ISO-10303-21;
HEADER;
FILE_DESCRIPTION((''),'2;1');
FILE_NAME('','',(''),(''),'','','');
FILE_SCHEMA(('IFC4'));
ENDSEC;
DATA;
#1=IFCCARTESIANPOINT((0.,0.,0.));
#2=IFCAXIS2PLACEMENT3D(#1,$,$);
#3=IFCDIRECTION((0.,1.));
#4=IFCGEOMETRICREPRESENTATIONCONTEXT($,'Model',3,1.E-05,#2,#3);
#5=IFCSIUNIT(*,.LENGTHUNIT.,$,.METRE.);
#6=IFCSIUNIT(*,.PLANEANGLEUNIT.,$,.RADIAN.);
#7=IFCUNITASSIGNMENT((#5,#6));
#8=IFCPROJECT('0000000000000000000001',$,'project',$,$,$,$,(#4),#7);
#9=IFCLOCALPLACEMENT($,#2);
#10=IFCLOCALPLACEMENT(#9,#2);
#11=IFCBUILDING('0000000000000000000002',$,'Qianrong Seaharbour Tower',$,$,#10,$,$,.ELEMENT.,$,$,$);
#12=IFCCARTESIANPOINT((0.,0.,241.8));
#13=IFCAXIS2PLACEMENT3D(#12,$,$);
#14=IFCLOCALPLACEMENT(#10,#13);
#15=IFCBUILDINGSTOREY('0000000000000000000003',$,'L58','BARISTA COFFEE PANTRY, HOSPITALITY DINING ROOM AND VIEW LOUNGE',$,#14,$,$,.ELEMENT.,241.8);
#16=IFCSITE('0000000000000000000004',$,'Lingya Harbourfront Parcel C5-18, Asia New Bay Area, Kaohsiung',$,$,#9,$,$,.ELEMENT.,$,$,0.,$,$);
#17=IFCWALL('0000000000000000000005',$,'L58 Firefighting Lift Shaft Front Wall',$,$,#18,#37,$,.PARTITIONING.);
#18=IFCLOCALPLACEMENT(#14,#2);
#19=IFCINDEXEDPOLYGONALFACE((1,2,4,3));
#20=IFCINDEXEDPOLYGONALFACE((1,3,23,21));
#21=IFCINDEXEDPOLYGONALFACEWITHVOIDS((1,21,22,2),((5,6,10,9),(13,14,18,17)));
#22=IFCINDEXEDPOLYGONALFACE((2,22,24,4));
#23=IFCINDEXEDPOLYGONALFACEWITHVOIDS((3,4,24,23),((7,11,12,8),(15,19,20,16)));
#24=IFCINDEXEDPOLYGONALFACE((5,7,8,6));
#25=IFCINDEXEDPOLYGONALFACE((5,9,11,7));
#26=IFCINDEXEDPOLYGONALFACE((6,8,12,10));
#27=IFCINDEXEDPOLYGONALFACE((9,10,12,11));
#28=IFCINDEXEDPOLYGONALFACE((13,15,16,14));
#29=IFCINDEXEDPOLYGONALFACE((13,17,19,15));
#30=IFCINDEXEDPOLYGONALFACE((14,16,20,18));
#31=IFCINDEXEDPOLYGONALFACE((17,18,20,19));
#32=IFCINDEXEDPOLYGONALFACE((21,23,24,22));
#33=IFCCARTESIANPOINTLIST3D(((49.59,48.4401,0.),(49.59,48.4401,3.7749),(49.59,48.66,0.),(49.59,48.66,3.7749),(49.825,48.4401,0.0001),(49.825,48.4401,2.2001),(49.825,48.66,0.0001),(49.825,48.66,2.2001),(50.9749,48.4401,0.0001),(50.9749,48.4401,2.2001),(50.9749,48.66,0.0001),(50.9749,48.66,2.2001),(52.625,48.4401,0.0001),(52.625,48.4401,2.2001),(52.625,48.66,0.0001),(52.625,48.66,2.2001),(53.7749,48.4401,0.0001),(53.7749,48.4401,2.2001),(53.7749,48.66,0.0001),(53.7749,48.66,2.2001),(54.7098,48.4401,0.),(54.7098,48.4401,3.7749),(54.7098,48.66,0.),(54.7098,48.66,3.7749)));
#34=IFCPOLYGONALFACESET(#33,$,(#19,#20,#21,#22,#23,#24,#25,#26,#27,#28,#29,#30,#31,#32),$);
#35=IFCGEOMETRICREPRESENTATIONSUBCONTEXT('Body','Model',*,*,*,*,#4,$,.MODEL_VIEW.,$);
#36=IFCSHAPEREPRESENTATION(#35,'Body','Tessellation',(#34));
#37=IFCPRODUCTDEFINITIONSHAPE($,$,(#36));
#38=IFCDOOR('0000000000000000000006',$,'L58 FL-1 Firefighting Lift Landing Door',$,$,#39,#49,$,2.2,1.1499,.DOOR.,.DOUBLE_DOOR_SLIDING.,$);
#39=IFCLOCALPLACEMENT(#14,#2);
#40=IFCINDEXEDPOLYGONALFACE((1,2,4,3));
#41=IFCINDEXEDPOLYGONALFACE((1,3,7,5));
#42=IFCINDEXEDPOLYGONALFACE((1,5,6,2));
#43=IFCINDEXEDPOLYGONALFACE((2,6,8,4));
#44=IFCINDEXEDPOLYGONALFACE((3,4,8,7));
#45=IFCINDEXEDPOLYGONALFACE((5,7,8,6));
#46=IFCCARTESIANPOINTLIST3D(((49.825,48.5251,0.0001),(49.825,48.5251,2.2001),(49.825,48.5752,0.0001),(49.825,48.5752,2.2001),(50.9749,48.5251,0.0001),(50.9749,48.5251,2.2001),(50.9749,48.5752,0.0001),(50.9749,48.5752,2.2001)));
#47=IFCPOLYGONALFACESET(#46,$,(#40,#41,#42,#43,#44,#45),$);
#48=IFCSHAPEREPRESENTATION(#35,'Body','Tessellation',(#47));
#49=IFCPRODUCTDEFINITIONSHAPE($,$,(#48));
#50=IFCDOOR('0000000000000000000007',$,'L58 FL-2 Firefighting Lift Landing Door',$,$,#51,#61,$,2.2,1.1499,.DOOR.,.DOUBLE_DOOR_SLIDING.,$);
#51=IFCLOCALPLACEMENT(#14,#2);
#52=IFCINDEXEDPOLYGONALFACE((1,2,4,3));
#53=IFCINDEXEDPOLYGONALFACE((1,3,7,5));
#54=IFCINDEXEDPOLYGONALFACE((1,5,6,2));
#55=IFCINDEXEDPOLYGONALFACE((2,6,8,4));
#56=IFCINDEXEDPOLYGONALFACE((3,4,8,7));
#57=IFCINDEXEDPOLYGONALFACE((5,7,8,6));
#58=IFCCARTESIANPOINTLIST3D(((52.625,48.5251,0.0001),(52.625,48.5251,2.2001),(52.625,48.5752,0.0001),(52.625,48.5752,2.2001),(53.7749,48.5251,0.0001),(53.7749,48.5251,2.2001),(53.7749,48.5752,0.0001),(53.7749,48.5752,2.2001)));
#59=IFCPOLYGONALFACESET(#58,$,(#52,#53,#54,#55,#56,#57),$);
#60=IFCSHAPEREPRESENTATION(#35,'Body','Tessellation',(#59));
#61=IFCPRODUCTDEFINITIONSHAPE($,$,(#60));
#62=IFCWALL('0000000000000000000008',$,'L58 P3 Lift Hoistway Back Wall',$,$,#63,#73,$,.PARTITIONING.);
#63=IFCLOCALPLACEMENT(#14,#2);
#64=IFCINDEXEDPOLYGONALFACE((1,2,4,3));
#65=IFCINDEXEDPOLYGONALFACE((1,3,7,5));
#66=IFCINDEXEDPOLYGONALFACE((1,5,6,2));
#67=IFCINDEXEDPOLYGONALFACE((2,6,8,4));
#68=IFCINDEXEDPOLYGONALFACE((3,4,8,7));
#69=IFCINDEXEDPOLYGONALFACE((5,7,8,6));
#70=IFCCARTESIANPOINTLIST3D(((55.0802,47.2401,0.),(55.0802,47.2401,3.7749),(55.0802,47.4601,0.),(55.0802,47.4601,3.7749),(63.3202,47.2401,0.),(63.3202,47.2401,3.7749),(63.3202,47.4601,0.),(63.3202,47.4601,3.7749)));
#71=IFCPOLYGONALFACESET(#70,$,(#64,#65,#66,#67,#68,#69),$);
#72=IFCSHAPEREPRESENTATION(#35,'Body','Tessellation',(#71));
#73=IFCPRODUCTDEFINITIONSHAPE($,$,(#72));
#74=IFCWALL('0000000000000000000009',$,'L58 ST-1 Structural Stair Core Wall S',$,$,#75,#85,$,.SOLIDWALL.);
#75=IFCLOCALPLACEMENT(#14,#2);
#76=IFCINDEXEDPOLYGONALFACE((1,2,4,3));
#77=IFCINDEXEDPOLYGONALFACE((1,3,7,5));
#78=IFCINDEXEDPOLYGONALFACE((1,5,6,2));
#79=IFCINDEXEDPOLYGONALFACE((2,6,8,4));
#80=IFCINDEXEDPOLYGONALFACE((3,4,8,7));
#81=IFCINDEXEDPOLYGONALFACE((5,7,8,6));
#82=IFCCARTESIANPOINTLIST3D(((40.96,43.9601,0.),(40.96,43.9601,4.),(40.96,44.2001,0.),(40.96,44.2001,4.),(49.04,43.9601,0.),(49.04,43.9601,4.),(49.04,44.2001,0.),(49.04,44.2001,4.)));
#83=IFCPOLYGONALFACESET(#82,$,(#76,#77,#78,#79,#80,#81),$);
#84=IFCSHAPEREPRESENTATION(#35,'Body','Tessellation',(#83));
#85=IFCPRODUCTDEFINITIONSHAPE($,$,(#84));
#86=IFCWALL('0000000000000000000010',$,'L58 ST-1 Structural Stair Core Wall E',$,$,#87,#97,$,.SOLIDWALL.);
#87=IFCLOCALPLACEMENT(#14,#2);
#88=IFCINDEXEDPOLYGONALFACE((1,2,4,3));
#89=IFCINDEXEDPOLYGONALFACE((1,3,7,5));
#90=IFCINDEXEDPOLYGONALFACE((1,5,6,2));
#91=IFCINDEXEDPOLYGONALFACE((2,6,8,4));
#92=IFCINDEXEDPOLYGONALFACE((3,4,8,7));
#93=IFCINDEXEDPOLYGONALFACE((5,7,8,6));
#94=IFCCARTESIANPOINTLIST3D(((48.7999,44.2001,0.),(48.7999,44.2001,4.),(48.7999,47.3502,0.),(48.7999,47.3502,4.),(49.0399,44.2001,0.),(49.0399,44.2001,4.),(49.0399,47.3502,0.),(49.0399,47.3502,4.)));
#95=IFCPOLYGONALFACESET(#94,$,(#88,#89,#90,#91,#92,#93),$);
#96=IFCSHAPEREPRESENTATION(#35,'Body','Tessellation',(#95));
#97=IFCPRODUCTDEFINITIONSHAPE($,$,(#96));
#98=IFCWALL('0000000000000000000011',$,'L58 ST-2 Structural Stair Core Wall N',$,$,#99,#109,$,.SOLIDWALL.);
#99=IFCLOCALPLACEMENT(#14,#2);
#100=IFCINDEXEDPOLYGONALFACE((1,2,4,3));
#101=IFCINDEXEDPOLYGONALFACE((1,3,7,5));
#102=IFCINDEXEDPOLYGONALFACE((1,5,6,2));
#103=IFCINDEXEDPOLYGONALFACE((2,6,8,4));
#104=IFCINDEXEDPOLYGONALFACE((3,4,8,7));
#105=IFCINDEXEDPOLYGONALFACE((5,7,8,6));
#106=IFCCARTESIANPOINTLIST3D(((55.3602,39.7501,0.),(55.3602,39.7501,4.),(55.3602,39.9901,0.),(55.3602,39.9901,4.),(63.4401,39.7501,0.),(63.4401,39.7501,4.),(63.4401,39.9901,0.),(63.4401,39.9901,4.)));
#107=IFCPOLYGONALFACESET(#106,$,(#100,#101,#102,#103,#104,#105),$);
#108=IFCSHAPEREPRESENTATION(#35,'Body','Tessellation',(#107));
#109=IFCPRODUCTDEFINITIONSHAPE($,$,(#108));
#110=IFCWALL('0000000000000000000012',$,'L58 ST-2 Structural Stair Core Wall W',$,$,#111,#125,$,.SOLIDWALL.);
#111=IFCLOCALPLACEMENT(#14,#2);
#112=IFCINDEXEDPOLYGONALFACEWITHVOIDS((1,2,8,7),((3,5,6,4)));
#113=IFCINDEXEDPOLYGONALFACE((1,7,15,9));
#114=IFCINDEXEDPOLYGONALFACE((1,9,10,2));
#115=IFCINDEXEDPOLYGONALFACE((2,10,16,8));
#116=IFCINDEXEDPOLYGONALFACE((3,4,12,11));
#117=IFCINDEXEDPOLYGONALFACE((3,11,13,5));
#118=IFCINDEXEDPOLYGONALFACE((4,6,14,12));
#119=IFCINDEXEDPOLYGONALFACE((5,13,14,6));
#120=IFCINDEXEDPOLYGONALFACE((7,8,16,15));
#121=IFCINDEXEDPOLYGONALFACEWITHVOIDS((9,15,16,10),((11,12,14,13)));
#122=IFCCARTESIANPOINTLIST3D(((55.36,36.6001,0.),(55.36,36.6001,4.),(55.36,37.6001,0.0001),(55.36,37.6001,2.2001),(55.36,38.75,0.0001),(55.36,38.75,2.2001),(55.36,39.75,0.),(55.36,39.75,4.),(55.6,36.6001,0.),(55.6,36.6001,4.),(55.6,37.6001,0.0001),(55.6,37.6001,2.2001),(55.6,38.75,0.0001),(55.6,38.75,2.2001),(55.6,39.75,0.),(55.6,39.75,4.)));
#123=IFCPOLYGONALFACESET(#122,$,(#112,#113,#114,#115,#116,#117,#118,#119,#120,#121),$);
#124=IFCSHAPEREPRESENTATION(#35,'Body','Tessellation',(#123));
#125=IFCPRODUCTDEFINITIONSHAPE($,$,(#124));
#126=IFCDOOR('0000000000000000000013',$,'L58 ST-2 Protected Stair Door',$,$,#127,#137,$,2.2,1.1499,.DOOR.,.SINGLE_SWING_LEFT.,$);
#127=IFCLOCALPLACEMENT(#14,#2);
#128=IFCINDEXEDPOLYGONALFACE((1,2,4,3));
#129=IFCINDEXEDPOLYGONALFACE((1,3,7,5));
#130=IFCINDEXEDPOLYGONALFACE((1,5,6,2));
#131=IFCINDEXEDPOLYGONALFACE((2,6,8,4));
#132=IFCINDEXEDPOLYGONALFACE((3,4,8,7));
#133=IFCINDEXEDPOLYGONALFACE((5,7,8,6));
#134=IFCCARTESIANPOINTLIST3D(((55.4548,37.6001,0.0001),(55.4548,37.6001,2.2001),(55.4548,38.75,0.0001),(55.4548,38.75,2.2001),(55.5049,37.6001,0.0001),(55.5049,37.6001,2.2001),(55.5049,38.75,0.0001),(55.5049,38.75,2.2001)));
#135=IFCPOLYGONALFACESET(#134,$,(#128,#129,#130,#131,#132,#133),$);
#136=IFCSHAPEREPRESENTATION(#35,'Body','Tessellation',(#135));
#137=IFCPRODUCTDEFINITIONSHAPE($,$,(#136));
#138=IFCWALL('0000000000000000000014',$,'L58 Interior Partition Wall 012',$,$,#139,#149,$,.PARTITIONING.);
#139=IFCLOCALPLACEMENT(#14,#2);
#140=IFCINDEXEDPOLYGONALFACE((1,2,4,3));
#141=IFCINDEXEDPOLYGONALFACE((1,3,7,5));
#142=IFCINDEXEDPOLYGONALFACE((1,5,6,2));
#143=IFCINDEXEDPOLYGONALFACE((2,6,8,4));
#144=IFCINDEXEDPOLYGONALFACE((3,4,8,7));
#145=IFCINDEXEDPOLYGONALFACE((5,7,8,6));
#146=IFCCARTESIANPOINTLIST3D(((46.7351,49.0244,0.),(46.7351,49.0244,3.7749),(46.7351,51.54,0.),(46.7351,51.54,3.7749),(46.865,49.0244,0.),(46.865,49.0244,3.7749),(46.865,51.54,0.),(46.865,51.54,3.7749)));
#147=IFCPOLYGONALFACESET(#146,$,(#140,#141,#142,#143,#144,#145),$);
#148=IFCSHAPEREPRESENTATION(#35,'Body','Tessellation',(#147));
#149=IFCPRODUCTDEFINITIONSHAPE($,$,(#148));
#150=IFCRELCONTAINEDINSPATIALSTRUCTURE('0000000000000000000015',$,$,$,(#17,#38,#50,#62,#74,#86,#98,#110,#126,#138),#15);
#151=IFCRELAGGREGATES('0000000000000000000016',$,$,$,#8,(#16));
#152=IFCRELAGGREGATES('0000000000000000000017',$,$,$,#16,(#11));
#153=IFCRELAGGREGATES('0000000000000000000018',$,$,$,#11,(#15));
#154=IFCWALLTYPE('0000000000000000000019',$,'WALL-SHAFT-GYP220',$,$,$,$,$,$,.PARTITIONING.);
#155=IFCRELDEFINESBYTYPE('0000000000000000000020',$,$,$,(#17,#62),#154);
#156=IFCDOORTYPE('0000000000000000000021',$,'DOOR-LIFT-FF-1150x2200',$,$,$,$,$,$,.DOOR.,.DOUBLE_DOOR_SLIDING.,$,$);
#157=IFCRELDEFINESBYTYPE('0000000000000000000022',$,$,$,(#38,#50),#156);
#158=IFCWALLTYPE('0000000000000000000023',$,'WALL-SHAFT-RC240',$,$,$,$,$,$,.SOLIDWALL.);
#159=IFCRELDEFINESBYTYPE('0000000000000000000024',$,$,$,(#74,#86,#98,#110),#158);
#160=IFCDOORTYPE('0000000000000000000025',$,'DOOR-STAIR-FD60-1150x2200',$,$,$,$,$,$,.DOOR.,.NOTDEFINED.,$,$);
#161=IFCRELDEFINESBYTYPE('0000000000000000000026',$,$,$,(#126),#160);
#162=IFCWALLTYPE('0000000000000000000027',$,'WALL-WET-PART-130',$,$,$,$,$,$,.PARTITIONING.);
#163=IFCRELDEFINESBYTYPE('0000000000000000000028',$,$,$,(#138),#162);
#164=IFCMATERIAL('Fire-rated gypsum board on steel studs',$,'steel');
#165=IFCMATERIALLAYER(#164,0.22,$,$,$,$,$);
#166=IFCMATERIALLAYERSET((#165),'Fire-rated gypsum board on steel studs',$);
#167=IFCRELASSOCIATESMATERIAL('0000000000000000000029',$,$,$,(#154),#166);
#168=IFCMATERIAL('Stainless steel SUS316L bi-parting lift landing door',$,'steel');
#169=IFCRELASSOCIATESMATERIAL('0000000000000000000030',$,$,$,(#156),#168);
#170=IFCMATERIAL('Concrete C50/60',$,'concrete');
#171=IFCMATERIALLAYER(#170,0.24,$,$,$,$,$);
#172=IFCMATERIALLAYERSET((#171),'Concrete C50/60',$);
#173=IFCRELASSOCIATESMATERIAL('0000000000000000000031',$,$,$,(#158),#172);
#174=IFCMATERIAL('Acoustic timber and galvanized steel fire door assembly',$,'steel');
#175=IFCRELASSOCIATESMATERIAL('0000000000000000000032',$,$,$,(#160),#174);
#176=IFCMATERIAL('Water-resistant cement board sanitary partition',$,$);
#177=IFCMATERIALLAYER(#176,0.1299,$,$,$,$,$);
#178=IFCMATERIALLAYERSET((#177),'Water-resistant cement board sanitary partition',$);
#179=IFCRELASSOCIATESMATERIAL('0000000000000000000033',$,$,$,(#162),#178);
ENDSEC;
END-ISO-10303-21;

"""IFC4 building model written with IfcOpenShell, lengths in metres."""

from ifc_helpers import new_model, si_unit, direction, frame, frame_2d, origin, place, context, subcontext, project, spatial, rectangle, extrude, material, layer, layer_set, type_object, element, fill, save


model = new_model("IFC4")

# Units and contexts
model_context = context("Model", 3, precision=1e-05, world=origin(), true_north=direction((0.0, 1.0)))
body_context = subcontext(model_context, "Body", "Model", "MODEL_VIEW")
ifc_project = project(units=[si_unit("LENGTHUNIT", "METRE"), si_unit("PLANEANGLEUNIT", "RADIAN")], contexts=[model_context])

# Site, building, storey
site_placement = place(None, origin())
site = spatial("IfcSite", under=ifc_project, at=site_placement, Name="Lingya Harbourfront Parcel C5-18, Asia New Bay Area, Kaohsiung", CompositionType="ELEMENT", RefElevation=0.0)
building_placement = place(site_placement, origin())
building = spatial("IfcBuilding", under=site, at=building_placement, Name="Qianrong Seaharbour Tower", CompositionType="ELEMENT")
storey_placement = place(building_placement, frame((0.0, 0.0, 241.8)))
storey = spatial("IfcBuildingStorey", under=building, at=storey_placement, Name="L58", Description="BARISTA COFFEE PANTRY, HOSPITALITY DINING ROOM AND VIEW LOUNGE", CompositionType="ELEMENT", Elevation=241.8)

# Shared definitions
ifc_material_1 = material(Name="Concrete C50/60", Category="concrete")

# Shared definitions
ifc_material_2 = material(Name="Acoustic timber and galvanized steel fire door assembly", Category="steel")

# Shared definitions
ifc_material_3 = material(Name="Fire-rated gypsum board on steel studs", Category="steel")

# Wall, openings, doors
ifc_layer_1 = layer(ifc_material_3, 0.22)
ifc_layer_set_1 = layer_set([ifc_layer_1], Name="Fire-rated gypsum board on steel studs")
wall_type_1 = type_object("IfcWallType", Name="WALL-SHAFT-GYP220", PredefinedType="PARTITIONING", material=ifc_layer_set_1)
wall_1_placement = place(storey_placement, frame((54.71, 48.55, 0.0), z_axis=(0.0, 0.0, 1.0), x_axis=(-1.0, 0.0, 0.0)))
wall_1 = element("IfcWall", 1, at=wall_1_placement, inside=storey, type_object=wall_type_1, Name="L58 Firefighting Lift Shaft Front Wall", PredefinedType="PARTITIONING", context=body_context, shape_type="SweptSolid", body=[
    extrude(rectangle(XDim=5.1199, YDim=0.22, at=frame_2d((2.5601, 0.0))), origin(), (0.0, 0.0, 1.0), 3.7749),
])
opening_1_placement = place(wall_1_placement, frame((3.7351, 0.0, 0.0)))
opening_1 = element("IfcOpeningElement", 2, at=opening_1_placement, cuts=wall_1, PredefinedType="OPENING", context=body_context, shape_type="SweptSolid", body=[
    extrude(rectangle(XDim=1.1499, YDim=2.2, at=frame_2d((0.575, 1.1001))), frame((0.0, 0.1201, 0.0), z_axis=(0.0, -1.0, 0.0), x_axis=(1.0, 0.0, 0.0)), (0.0, 0.0, 1.0), 0.24),
])
opening_2_placement = place(wall_1_placement, frame((0.9351, 0.0, 0.0)))
opening_2 = element("IfcOpeningElement", 3, at=opening_2_placement, cuts=wall_1, PredefinedType="OPENING", context=body_context, shape_type="SweptSolid", body=[
    extrude(rectangle(XDim=1.1499, YDim=2.2, at=frame_2d((0.575, 1.1001))), frame((0.0, 0.1201, 0.0), z_axis=(0.0, -1.0, 0.0), x_axis=(1.0, 0.0, 0.0)), (0.0, 0.0, 1.0), 0.24),
])
ifc_material_4 = material(Name="Stainless steel SUS316L bi-parting lift landing door", Category="steel")
door_type_1 = type_object("IfcDoorType", Name="DOOR-LIFT-FF-1150x2200", OperationType="DOUBLE_DOOR_SLIDING", PredefinedType="DOOR", material=ifc_material_4)
door_1_placement = place(opening_1_placement, origin())
door_1 = element("IfcDoor", 4, at=door_1_placement, inside=storey, type_object=door_type_1, Name="L58 FL-1 Firefighting Lift Landing Door", OperationType="DOUBLE_DOOR_SLIDING", OverallHeight=2.2, OverallWidth=1.1499, PredefinedType="DOOR", context=body_context, shape_type="SweptSolid", body=[
    extrude(rectangle(XDim=1.1499, YDim=2.2, at=frame_2d((0.575, 1.1001))), frame((0.0, 0.0249, 0.0), z_axis=(0.0, -1.0, 0.0), x_axis=(1.0, 0.0, 0.0)), (0.0, 0.0, 1.0), 0.05),
])
fill(opening_1, door_1)
door_2_placement = place(opening_2_placement, origin())
door_2 = element("IfcDoor", 5, at=door_2_placement, inside=storey, type_object=door_type_1, Name="L58 FL-2 Firefighting Lift Landing Door", OperationType="DOUBLE_DOOR_SLIDING", OverallHeight=2.2, OverallWidth=1.1499, PredefinedType="DOOR", context=body_context, shape_type="SweptSolid", body=[
    extrude(rectangle(XDim=1.1499, YDim=2.2, at=frame_2d((0.575, 1.1001))), frame((0.0, 0.0249, 0.0), z_axis=(0.0, -1.0, 0.0), x_axis=(1.0, 0.0, 0.0)), (0.0, 0.0, 1.0), 0.05),
])
fill(opening_2, door_2)

# Walls
wall_2_placement = place(storey_placement, frame((55.0801, 47.3501, 0.0), z_axis=(0.0, 0.0, 1.0), x_axis=(1.0, 0.0, 0.0)))
element("IfcWall", 6, at=wall_2_placement, inside=storey, type_object=wall_type_1, Name="L58 P3 Lift Hoistway Back Wall", PredefinedType="PARTITIONING", context=body_context, shape_type="SweptSolid", body=[
    extrude(rectangle(XDim=8.24, YDim=0.22, at=frame_2d((4.1201, 0.0))), origin(), (0.0, 0.0, 1.0), 3.7749),
])
ifc_layer_2 = layer(ifc_material_1, 0.24)
ifc_layer_set_2 = layer_set([ifc_layer_2], Name="Concrete C50/60")
wall_type_2 = type_object("IfcWallType", Name="WALL-SHAFT-RC240", PredefinedType="SOLIDWALL", material=ifc_layer_set_2)
wall_3_placement = place(storey_placement, frame((49.04, 44.0801, 0.0), z_axis=(0.0, 0.0, 1.0), x_axis=(-1.0, 0.0, 0.0)))
element("IfcWall", 7, at=wall_3_placement, inside=storey, type_object=wall_type_2, Name="L58 ST-1 Structural Stair Core Wall S", PredefinedType="SOLIDWALL", context=body_context, shape_type="SweptSolid", body=[
    extrude(rectangle(XDim=8.0801, YDim=0.24, at=frame_2d((4.04, 0.0))), origin(), (0.0, 0.0, 1.0), 4.0),
])
wall_4_placement = place(storey_placement, frame((48.9199, 44.2, 0.0), z_axis=(0.0, 0.0, 1.0), x_axis=(0.0, 1.0, 0.0)))
element("IfcWall", 8, at=wall_4_placement, inside=storey, type_object=wall_type_2, Name="L58 ST-1 Structural Stair Core Wall E", PredefinedType="SOLIDWALL", context=body_context, shape_type="SweptSolid", body=[
    extrude(rectangle(XDim=3.1501, YDim=0.24, at=frame_2d((1.5752, 0.0))), origin(), (0.0, 0.0, 1.0), 4.0),
])
wall_5_placement = place(storey_placement, frame((55.3601, 39.8701, 0.0), z_axis=(0.0, 0.0, 1.0), x_axis=(1.0, 0.0, 0.0)))
element("IfcWall", 9, at=wall_5_placement, inside=storey, type_object=wall_type_2, Name="L58 ST-2 Structural Stair Core Wall N", PredefinedType="SOLIDWALL", context=body_context, shape_type="SweptSolid", body=[
    extrude(rectangle(XDim=8.0798, YDim=0.24, at=frame_2d((4.04, 0.0))), origin(), (0.0, 0.0, 1.0), 4.0),
])

# Wall, opening, door
wall_6_placement = place(storey_placement, frame((55.48, 39.75, 0.0), z_axis=(0.0, 0.0, 1.0), x_axis=(0.0, -1.0, 0.0)))
wall_6 = element("IfcWall", 10, at=wall_6_placement, inside=storey, type_object=wall_type_2, Name="L58 ST-2 Structural Stair Core Wall W", PredefinedType="SOLIDWALL", context=body_context, shape_type="SweptSolid", body=[
    extrude(rectangle(XDim=3.1499, YDim=0.24, at=frame_2d((1.575, 0.0))), origin(), (0.0, 0.0, 1.0), 4.0),
])
opening_3_placement = place(wall_6_placement, frame((1.0, 0.0, 0.0)))
opening_3 = element("IfcOpeningElement", 11, at=opening_3_placement, cuts=wall_6, PredefinedType="OPENING", context=body_context, shape_type="SweptSolid", body=[
    extrude(rectangle(XDim=1.1499, YDim=2.2, at=frame_2d((0.575, 1.1001))), frame((0.0, 0.1299, 0.0), z_axis=(0.0, -1.0, 0.0), x_axis=(1.0, 0.0, 0.0)), (0.0, 0.0, 1.0), 0.26),
])
door_type_2 = type_object("IfcDoorType", Name="DOOR-STAIR-FD60-1150x2200", OperationType="NOTDEFINED", PredefinedType="DOOR", material=ifc_material_2)
door_3_placement = place(opening_3_placement, origin())
door_3 = element("IfcDoor", 12, at=door_3_placement, inside=storey, type_object=door_type_2, Name="L58 ST-2 Protected Stair Door", OperationType="SINGLE_SWING_LEFT", OverallHeight=2.2, OverallWidth=1.1499, PredefinedType="DOOR", context=body_context, shape_type="SweptSolid", body=[
    extrude(rectangle(XDim=1.1499, YDim=2.2, at=frame_2d((0.575, 1.1001))), frame((0.0, 0.0249, 0.0), z_axis=(0.0, -1.0, 0.0), x_axis=(1.0, 0.0, 0.0)), (0.0, 0.0, 1.0), 0.05),
])
fill(opening_3, door_3)

# Wall
ifc_material_5 = material(Name="Water-resistant cement board sanitary partition")
ifc_layer_3 = layer(ifc_material_5, 0.1299)
ifc_layer_set_3 = layer_set([ifc_layer_3], Name="Water-resistant cement board sanitary partition")
wall_type_3 = type_object("IfcWallType", Name="WALL-WET-PART-130", PredefinedType="PARTITIONING", material=ifc_layer_set_3)
wall_7_placement = place(storey_placement, frame((46.8, 51.54, 0.0), z_axis=(0.0, 0.0, 1.0), x_axis=(0.0, -1.0, 0.0)))
element("IfcWall", 13, at=wall_7_placement, inside=storey, type_object=wall_type_3, Name="L58 Interior Partition Wall 012", PredefinedType="PARTITIONING", context=body_context, shape_type="SweptSolid", body=[
    extrude(rectangle(XDim=2.5156, YDim=0.1299, at=frame_2d((1.2578, 0.0))), origin(), (0.0, 0.0, 1.0), 3.7749),
])

save(model, "model.ifc")
